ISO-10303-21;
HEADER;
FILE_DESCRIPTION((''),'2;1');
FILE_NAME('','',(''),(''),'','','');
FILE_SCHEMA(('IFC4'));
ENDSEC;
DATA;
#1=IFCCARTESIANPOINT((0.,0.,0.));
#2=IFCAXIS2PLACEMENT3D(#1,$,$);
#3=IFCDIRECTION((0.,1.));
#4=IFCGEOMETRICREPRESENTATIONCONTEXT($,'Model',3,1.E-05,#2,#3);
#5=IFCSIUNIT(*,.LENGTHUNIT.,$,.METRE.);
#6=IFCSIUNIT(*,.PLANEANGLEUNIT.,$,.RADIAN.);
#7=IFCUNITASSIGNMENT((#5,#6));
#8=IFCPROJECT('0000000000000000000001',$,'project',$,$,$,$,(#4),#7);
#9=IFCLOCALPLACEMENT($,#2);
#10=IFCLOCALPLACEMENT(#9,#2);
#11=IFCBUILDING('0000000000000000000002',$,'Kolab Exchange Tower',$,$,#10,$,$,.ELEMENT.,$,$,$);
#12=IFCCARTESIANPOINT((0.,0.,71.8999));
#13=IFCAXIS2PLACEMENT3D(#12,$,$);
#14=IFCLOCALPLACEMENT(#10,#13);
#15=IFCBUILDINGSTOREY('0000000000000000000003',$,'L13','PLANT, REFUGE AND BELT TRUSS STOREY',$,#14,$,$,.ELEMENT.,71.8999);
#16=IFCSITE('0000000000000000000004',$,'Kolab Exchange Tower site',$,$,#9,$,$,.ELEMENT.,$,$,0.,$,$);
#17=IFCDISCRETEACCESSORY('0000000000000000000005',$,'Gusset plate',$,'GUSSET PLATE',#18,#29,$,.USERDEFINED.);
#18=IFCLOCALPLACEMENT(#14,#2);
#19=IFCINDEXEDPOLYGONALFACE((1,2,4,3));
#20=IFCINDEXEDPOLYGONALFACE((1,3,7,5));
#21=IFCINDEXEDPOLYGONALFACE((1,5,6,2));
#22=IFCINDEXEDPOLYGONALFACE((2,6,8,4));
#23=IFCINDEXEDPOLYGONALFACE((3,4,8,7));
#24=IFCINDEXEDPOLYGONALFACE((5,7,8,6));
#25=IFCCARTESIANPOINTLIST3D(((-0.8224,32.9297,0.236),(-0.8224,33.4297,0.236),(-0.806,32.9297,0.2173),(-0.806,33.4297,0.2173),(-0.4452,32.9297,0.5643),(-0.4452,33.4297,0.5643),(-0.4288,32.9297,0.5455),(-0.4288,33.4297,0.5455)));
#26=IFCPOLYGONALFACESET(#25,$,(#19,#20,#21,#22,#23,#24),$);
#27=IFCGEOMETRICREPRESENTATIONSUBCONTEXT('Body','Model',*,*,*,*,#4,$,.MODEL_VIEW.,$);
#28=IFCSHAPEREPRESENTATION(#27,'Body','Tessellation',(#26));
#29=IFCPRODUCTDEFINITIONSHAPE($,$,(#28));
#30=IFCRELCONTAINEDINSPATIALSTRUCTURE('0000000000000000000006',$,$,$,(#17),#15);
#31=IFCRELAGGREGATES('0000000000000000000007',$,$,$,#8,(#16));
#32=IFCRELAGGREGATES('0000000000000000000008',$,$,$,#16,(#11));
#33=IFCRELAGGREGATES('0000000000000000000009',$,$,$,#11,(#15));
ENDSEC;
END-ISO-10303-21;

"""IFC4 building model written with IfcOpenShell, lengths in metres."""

from ifc_helpers import new_model, si_unit, direction, frame, origin, origin_2d, place, context, subcontext, project, spatial, rectangle, extrude, element, save


model = new_model("IFC4")

# Units and contexts
model_context = context("Model", 3, precision=1e-05, world=origin(), true_north=direction((0.0, 1.0)))
body_context = subcontext(model_context, "Body", "Model", "MODEL_VIEW")
ifc_project = project(units=[si_unit("LENGTHUNIT", "METRE"), si_unit("PLANEANGLEUNIT", "RADIAN")], contexts=[model_context])

# Site, building, storey
site_placement = place(None, origin())
site = spatial("IfcSite", under=ifc_project, at=site_placement, Name="Kolab Exchange Tower site", CompositionType="ELEMENT", RefElevation=0.0)
building_placement = place(site_placement, origin())
building = spatial("IfcBuilding", under=site, at=building_placement, Name="Kolab Exchange Tower", CompositionType="ELEMENT")
storey_placement = place(building_placement, frame((0.0, 0.0, 71.8999)))
storey = spatial("IfcBuildingStorey", under=building, at=storey_placement, Name="L13", Description="PLANT, REFUGE AND BELT TRUSS STOREY", CompositionType="ELEMENT", Elevation=71.8999)

# Discrete accessory
discrete_accessory_1_placement = place(storey_placement, frame((-0.6338, 33.1797, 0.4001), z_axis=(0.656421, 0.0, -0.754395), x_axis=(0.0, 1.0, 0.0)))
element("IfcDiscreteAccessory", 1, at=discrete_accessory_1_placement, inside=storey, Name="Gusset plate", ObjectType="GUSSET PLATE", PredefinedType="USERDEFINED", context=body_context, shape_type="SweptSolid", body=[
    extrude(rectangle(XDim=0.5, YDim=0.5, at=origin_2d()), origin(), (0.0, 0.0, 1.0), 0.0249),
])

save(model, "model.ifc")
